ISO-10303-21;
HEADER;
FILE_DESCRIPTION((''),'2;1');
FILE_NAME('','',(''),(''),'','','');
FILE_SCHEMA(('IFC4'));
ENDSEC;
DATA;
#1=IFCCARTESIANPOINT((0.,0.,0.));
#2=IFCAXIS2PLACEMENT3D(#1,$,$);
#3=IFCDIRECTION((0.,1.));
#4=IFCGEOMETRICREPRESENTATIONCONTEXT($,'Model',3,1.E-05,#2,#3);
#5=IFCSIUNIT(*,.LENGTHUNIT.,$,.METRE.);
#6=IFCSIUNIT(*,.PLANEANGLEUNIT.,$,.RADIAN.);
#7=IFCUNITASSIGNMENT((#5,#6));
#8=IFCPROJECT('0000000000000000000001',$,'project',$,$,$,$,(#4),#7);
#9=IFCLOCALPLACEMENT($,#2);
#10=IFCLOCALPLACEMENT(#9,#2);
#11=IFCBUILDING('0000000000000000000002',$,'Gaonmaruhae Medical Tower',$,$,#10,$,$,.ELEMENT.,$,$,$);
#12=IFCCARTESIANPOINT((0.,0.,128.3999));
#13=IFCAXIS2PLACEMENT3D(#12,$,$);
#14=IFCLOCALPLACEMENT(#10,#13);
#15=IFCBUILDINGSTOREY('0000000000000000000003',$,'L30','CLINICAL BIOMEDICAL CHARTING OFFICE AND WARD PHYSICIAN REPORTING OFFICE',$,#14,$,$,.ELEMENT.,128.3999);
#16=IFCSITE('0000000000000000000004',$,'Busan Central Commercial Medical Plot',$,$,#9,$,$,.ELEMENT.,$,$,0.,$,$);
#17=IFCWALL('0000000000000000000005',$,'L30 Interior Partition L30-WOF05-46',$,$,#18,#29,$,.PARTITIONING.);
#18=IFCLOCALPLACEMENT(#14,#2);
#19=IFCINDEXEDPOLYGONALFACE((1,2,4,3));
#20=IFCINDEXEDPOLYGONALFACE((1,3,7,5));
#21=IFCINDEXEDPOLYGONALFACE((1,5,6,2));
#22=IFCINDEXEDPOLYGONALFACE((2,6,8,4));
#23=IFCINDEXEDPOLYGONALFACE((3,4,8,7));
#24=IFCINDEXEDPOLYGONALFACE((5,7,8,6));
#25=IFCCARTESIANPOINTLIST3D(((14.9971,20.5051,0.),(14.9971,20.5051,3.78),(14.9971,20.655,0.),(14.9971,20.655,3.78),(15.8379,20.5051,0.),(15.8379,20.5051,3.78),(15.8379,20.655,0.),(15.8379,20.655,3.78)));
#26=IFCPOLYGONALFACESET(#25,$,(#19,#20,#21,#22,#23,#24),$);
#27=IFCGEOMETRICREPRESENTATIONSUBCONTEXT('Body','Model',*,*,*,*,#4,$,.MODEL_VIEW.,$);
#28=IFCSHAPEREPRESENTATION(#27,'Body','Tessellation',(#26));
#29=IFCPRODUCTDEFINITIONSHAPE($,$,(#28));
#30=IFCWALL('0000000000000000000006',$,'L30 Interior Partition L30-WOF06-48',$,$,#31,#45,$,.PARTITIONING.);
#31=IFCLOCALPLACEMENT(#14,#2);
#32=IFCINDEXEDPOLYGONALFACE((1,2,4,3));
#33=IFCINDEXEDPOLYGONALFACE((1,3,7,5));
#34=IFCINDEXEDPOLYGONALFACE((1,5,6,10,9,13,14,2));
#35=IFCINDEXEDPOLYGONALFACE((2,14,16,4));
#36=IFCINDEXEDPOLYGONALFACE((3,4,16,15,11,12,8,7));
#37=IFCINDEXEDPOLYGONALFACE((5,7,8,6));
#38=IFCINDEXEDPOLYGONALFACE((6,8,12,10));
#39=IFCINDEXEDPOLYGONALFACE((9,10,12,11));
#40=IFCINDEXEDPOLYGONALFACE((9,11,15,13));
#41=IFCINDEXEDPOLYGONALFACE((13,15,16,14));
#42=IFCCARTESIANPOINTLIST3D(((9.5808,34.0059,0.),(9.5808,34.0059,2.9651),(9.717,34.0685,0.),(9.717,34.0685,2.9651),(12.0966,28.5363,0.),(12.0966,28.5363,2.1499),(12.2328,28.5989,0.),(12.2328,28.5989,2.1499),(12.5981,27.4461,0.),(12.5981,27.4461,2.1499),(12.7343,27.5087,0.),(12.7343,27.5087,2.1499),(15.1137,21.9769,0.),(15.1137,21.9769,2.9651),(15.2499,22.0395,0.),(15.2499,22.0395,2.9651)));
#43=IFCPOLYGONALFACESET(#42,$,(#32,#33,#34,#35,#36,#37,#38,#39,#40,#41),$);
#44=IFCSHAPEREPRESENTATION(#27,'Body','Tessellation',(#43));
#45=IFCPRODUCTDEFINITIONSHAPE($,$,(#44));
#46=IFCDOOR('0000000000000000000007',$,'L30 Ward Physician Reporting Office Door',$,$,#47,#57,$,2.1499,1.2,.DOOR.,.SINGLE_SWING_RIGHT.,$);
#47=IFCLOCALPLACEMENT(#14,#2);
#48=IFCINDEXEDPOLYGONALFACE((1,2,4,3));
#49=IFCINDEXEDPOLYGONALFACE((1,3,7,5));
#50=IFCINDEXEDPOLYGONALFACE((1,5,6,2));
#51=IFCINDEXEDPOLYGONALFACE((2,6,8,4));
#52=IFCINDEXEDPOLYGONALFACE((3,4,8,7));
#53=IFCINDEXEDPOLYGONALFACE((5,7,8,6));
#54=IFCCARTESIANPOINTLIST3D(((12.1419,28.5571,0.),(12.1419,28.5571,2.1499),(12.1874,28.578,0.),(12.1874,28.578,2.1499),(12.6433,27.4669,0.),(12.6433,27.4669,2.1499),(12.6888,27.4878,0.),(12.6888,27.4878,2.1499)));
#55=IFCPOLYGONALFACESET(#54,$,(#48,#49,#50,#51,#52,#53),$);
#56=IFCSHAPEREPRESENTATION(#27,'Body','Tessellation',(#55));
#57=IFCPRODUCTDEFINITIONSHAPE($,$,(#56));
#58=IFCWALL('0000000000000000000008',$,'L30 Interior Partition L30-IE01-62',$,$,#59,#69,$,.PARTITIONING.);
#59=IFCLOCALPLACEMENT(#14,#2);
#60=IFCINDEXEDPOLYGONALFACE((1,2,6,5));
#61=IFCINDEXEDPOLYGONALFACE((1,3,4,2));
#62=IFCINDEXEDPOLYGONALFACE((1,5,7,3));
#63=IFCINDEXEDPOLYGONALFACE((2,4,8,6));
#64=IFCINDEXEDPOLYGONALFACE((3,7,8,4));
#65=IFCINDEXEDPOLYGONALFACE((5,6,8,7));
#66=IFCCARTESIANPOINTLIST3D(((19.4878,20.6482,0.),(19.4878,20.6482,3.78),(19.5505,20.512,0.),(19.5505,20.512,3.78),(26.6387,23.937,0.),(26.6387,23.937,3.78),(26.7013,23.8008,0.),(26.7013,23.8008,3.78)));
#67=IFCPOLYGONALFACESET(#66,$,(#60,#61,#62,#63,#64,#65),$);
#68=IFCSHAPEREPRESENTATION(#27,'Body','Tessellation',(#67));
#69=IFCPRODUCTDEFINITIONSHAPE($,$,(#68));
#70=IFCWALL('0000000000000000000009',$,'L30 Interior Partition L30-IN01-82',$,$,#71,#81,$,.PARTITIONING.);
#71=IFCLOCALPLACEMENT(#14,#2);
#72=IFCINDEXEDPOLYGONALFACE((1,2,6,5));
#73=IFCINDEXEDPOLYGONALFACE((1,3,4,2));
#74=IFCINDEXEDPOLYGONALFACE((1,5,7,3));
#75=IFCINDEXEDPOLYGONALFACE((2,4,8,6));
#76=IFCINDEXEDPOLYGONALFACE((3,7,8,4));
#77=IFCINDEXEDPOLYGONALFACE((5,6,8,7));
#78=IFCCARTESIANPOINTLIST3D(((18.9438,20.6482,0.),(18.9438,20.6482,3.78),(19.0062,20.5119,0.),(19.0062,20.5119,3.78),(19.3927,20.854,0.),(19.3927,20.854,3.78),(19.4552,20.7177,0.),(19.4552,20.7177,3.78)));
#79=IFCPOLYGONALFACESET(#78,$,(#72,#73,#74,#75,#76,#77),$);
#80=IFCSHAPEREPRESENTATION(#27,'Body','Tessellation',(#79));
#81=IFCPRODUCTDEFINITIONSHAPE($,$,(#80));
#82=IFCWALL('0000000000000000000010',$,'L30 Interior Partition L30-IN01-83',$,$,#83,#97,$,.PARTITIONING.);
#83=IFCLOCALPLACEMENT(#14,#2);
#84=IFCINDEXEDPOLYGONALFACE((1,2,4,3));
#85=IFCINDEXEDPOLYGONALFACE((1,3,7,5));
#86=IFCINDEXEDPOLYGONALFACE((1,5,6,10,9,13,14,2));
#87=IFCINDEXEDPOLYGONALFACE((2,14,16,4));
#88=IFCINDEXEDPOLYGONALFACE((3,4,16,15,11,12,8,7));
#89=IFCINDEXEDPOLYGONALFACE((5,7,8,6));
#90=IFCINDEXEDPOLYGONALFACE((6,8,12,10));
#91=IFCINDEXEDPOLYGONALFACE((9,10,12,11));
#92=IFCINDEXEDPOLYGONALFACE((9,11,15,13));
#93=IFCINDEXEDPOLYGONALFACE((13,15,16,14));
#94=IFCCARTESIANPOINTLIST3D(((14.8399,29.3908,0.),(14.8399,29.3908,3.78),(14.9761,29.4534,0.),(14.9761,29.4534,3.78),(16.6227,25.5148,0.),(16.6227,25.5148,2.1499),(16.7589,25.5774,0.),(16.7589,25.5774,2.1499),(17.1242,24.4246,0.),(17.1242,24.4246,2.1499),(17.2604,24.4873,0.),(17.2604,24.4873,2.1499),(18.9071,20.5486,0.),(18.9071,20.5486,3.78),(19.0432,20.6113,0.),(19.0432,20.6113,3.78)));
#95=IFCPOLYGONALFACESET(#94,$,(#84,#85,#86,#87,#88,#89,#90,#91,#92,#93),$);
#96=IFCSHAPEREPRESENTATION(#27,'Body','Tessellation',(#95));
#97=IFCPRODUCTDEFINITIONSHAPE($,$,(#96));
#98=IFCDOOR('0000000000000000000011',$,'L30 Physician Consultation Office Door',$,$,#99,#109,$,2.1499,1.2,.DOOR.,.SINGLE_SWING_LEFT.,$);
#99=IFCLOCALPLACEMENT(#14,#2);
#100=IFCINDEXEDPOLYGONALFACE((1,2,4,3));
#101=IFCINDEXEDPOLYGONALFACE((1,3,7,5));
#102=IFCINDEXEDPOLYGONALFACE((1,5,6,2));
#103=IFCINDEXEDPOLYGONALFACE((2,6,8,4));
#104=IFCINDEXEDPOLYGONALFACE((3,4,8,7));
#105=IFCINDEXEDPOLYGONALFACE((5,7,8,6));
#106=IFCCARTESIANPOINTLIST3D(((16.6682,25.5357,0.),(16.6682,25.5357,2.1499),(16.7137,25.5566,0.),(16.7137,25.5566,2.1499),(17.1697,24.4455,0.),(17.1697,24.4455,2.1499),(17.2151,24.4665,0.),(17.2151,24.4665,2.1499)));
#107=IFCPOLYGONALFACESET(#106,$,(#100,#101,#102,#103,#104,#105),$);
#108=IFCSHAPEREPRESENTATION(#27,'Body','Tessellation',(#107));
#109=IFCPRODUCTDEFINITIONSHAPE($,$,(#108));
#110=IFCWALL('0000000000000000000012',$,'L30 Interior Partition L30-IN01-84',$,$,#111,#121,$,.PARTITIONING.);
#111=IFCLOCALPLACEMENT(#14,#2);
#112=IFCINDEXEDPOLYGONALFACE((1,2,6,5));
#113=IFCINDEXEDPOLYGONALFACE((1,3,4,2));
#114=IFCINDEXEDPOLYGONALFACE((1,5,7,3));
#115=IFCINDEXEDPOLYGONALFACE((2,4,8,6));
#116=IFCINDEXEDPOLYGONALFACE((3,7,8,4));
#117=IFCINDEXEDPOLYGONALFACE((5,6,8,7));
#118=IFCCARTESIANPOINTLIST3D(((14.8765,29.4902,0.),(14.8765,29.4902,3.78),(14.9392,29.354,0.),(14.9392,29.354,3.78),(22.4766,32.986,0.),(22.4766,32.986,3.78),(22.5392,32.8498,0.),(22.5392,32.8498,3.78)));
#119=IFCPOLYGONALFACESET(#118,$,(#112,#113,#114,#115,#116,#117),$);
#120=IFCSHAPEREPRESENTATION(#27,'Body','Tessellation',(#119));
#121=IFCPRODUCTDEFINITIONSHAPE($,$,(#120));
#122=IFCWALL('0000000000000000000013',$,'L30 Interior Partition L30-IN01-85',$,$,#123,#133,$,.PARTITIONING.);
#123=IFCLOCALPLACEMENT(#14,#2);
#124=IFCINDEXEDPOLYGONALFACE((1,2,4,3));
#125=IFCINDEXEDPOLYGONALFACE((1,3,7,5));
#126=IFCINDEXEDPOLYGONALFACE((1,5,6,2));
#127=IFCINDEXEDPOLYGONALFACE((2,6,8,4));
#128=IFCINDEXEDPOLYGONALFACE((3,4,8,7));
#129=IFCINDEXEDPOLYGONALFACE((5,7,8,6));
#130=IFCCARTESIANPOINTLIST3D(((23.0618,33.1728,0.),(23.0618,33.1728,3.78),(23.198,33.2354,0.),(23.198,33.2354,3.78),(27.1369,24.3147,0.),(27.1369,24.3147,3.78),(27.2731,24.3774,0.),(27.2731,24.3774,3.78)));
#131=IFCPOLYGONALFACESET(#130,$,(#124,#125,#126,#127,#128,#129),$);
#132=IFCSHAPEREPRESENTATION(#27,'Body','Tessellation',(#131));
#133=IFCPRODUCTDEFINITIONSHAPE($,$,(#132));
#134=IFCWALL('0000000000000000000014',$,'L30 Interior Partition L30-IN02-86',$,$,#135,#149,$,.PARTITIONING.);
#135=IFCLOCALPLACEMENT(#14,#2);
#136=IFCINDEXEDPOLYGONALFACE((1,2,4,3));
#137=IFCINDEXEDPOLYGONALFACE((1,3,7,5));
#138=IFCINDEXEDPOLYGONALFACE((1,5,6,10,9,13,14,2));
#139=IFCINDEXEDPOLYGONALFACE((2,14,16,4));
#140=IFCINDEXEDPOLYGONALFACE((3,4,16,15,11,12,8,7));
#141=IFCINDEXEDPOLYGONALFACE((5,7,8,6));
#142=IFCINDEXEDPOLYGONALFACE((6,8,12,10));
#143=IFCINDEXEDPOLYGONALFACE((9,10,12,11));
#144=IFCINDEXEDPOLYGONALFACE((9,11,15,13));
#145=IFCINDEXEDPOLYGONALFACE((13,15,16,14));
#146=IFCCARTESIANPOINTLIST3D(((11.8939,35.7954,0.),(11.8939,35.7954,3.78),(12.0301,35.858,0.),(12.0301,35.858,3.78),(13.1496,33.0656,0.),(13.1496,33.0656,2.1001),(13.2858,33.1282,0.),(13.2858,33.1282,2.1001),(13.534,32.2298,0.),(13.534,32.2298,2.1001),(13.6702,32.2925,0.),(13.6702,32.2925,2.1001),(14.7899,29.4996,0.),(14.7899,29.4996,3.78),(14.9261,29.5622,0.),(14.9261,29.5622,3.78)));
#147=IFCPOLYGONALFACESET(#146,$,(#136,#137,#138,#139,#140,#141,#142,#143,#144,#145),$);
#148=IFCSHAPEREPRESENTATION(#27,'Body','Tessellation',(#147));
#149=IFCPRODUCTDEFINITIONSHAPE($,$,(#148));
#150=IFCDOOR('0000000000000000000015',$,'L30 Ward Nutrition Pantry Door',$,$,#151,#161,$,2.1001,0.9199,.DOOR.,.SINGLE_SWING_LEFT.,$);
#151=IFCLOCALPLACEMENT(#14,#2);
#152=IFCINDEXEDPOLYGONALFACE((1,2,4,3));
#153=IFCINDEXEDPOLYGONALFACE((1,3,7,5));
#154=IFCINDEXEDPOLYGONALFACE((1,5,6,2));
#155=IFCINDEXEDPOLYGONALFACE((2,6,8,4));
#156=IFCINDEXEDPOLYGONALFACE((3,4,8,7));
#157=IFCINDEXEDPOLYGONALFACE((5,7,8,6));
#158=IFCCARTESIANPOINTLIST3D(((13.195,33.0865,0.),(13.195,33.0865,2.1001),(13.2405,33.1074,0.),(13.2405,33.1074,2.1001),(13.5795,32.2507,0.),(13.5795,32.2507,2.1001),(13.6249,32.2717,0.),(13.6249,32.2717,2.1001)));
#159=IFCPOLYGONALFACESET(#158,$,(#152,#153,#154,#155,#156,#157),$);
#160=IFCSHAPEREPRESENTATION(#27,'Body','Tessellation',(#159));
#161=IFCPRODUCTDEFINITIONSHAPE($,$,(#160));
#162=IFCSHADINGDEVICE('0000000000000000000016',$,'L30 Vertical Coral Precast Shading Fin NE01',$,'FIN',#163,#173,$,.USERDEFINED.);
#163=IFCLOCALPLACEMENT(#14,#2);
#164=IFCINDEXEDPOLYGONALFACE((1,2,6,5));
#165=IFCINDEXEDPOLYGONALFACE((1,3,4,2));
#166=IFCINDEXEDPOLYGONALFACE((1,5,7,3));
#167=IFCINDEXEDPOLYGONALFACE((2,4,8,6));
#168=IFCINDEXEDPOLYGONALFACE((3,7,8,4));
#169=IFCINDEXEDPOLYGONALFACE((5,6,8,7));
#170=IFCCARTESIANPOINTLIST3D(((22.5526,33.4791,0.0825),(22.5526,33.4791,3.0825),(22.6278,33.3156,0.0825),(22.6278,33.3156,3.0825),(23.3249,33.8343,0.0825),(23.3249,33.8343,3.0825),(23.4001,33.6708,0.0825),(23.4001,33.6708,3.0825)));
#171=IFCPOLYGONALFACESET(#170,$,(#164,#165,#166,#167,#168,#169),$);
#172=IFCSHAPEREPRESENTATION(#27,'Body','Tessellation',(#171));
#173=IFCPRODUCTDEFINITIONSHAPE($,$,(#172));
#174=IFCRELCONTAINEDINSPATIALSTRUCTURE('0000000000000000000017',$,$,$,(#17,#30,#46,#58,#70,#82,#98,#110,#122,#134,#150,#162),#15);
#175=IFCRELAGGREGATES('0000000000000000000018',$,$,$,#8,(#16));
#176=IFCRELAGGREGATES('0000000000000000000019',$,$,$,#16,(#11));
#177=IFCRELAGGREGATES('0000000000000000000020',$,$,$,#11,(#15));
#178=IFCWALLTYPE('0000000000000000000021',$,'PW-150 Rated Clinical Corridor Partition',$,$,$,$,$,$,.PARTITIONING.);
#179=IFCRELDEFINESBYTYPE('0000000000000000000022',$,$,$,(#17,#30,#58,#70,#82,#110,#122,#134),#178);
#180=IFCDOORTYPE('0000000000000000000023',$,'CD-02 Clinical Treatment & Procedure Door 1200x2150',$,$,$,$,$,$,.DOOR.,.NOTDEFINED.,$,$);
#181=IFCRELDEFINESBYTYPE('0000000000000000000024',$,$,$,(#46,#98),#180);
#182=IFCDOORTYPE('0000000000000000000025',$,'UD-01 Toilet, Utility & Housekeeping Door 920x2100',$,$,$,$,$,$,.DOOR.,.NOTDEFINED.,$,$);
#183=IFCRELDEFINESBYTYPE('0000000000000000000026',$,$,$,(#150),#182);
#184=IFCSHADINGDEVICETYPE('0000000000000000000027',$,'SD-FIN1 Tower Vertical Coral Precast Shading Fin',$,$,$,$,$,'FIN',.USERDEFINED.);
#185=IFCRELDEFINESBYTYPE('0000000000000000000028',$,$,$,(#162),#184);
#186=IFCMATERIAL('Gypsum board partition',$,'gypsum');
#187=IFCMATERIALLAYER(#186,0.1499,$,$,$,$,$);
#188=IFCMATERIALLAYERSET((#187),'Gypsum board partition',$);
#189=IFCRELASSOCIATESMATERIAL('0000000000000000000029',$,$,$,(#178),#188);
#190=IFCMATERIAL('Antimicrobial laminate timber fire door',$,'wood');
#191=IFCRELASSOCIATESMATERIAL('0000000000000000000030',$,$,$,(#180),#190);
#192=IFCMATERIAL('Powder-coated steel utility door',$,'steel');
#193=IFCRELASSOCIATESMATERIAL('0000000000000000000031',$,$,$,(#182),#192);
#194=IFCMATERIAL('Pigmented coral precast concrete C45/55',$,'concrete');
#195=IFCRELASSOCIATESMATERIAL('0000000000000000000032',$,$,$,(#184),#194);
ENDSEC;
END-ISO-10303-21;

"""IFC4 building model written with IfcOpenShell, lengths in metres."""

from ifc_helpers import new_model, si_unit, direction, frame, frame_2d, origin, origin_2d, place, context, subcontext, project, spatial, rectangle, extrude, material, layer, layer_set, type_object, element, fill, save


model = new_model("IFC4")

# Units and contexts
model_context = context("Model", 3, precision=1e-05, world=origin(), true_north=direction((0.0, 1.0)))
body_context = subcontext(model_context, "Body", "Model", "MODEL_VIEW")
ifc_project = project(units=[si_unit("LENGTHUNIT", "METRE"), si_unit("PLANEANGLEUNIT", "RADIAN")], contexts=[model_context])

# Site, building, storey
site_placement = place(None, origin())
site = spatial("IfcSite", under=ifc_project, at=site_placement, Name="Busan Central Commercial Medical Plot", CompositionType="ELEMENT", RefElevation=0.0)
building_placement = place(site_placement, origin())
building = spatial("IfcBuilding", under=site, at=building_placement, Name="Gaonmaruhae Medical Tower", CompositionType="ELEMENT")
storey_placement = place(building_placement, frame((0.0, 0.0, 128.3999)))
storey = spatial("IfcBuildingStorey", under=building, at=storey_placement, Name="L30", Description="CLINICAL BIOMEDICAL CHARTING OFFICE AND WARD PHYSICIAN REPORTING OFFICE", CompositionType="ELEMENT", Elevation=128.3999)

# Shared definitions
ifc_material_1 = material(Name="Gypsum board partition", Category="gypsum")
ifc_layer_1 = layer(ifc_material_1, 0.1499)
ifc_layer_set_1 = layer_set([ifc_layer_1], Name="Gypsum board partition")
wall_type_1 = type_object("IfcWallType", Name="PW-150 Rated Clinical Corridor Partition", PredefinedType="PARTITIONING", material=ifc_layer_set_1)
ifc_material_2 = material(Name="Antimicrobial laminate timber fire door", Category="wood")
door_type_1 = type_object("IfcDoorType", Name="CD-02 Clinical Treatment & Procedure Door 1200x2150", OperationType="NOTDEFINED", PredefinedType="DOOR", material=ifc_material_2)

# Wall
wall_1_placement = place(storey_placement, frame((15.8379, 20.5801, 0.0), z_axis=(0.0, 0.0, 1.0), x_axis=(-1.0, 0.0, 0.0)))
element("IfcWall", 1, at=wall_1_placement, inside=storey, type_object=wall_type_1, Name="L30 Interior Partition L30-WOF05-46", PredefinedType="PARTITIONING", context=body_context, shape_type="SweptSolid", body=[
    extrude(rectangle(XDim=0.8408, YDim=0.1499, at=frame_2d((0.4204, 0.0))), origin(), (0.0, 0.0, 1.0), 3.78),
])

# Wall, opening, door
wall_2_placement = place(storey_placement, frame((9.6489, 34.0371, 0.0), z_axis=(0.0, 0.0, 1.0), x_axis=(0.41788, -0.908502, 0.0)))
wall_2 = element("IfcWall", 2, at=wall_2_placement, inside=storey, type_object=wall_type_1, Name="L30 Interior Partition L30-WOF06-48", PredefinedType="PARTITIONING", context=body_context, shape_type="SweptSolid", body=[
    extrude(rectangle(XDim=13.2405, YDim=0.1499, at=frame_2d((6.6201, 0.0))), origin(), (0.0, 0.0, 1.0), 2.9651),
])
opening_1_placement = place(wall_2_placement, frame((6.0203, 0.0, 0.0)))
opening_1 = element("IfcOpeningElement", 3, at=opening_1_placement, cuts=wall_2, PredefinedType="OPENING", context=body_context, shape_type="SweptSolid", body=[
    extrude(rectangle(XDim=1.2, YDim=2.1499, at=frame_2d((0.6001, 1.075))), frame((0.0, 0.085, 0.0), z_axis=(0.0, -1.0, 0.0), x_axis=(1.0, 0.0, 0.0)), (0.0, 0.0, 1.0), 0.1699),
])
door_1_placement = place(opening_1_placement, origin())
door_1 = element("IfcDoor", 4, at=door_1_placement, inside=storey, type_object=door_type_1, Name="L30 Ward Physician Reporting Office Door", OperationType="SINGLE_SWING_RIGHT", OverallHeight=2.1499, OverallWidth=1.2, PredefinedType="DOOR", context=body_context, shape_type="SweptSolid", body=[
    extrude(rectangle(XDim=1.2, YDim=2.1499, at=frame_2d((0.6001, 1.075))), frame((0.0, 0.0249, 0.0), z_axis=(0.0, -1.0, 0.0), x_axis=(1.0, 0.0, 0.0)), (0.0, 0.0, 1.0), 0.05),
])
fill(opening_1, door_1)

# Walls
wall_3_placement = place(storey_placement, frame((19.519, 20.5801, 0.0), z_axis=(0.0, 0.0, 1.0), x_axis=(0.908519, 0.417844, 0.0)))
element("IfcWall", 5, at=wall_3_placement, inside=storey, type_object=wall_type_1, Name="L30 Interior Partition L30-IE01-62", PredefinedType="PARTITIONING", context=body_context, shape_type="SweptSolid", body=[
    extrude(rectangle(XDim=7.8708, YDim=0.1499, at=frame_2d((3.9355, 0.0))), origin(), (0.0, 0.0, 1.0), 3.78),
])
wall_4_placement = place(storey_placement, frame((19.4241, 20.7859, 0.0), z_axis=(0.0, 0.0, 1.0), x_axis=(-0.909041, -0.416706, 0.0)))
element("IfcWall", 6, at=wall_4_placement, inside=storey, type_object=wall_type_1, Name="L30 Interior Partition L30-IN01-82", PredefinedType="PARTITIONING", context=body_context, shape_type="SweptSolid", body=[
    extrude(rectangle(XDim=0.4939, YDim=0.1499, at=frame_2d((0.2471, 0.0))), origin(), (0.0, 0.0, 1.0), 3.78),
])

# Wall, opening, door
wall_5_placement = place(storey_placement, frame((18.9751, 20.5801, 0.0), z_axis=(0.0, 0.0, 1.0), x_axis=(-0.417889, 0.908498, 0.0)))
wall_5 = element("IfcWall", 7, at=wall_5_placement, inside=storey, type_object=wall_type_1, Name="L30 Interior Partition L30-IN01-83", PredefinedType="PARTITIONING", context=body_context, shape_type="SweptSolid", body=[
    extrude(rectangle(XDim=9.7327, YDim=0.1499, at=frame_2d((4.8662, 0.0))), origin(), (0.0, 0.0, 1.0), 3.78),
])
opening_2_placement = place(wall_5_placement, frame((4.2661, 0.0, 0.0)))
opening_2 = element("IfcOpeningElement", 8, at=opening_2_placement, cuts=wall_5, PredefinedType="OPENING", context=body_context, shape_type="SweptSolid", body=[
    extrude(rectangle(XDim=1.2, YDim=2.1499, at=frame_2d((0.6001, 1.075))), frame((0.0, 0.085, 0.0), z_axis=(0.0, -1.0, 0.0), x_axis=(1.0, 0.0, 0.0)), (0.0, 0.0, 1.0), 0.1699),
])
door_2_placement = place(opening_2_placement, origin())
door_2 = element("IfcDoor", 9, at=door_2_placement, inside=storey, type_object=door_type_1, Name="L30 Physician Consultation Office Door", OperationType="SINGLE_SWING_LEFT", OverallHeight=2.1499, OverallWidth=1.2, PredefinedType="DOOR", context=body_context, shape_type="SweptSolid", body=[
    extrude(rectangle(XDim=1.2, YDim=2.1499, at=frame_2d((0.6001, 1.075))), frame((0.0, 0.0249, 0.0), z_axis=(0.0, -1.0, 0.0), x_axis=(1.0, 0.0, 0.0)), (0.0, 0.0, 1.0), 0.05),
])
fill(opening_2, door_2)

# Walls
wall_6_placement = place(storey_placement, frame((14.908, 29.4221, 0.0), z_axis=(0.0, 0.0, 1.0), x_axis=(0.908499, 0.417886, 0.0)))
element("IfcWall", 10, at=wall_6_placement, inside=storey, type_object=wall_type_1, Name="L30 Interior Partition L30-IN01-84", PredefinedType="PARTITIONING", context=body_context, shape_type="SweptSolid", body=[
    extrude(rectangle(XDim=8.3655, YDim=0.1499, at=frame_2d((4.1826, 0.0))), origin(), (0.0, 0.0, 1.0), 3.78),
])
wall_7_placement = place(storey_placement, frame((23.1299, 33.2041, 0.0), z_axis=(0.0, 0.0, 1.0), x_axis=(0.417943, -0.908473, 0.0)))
element("IfcWall", 11, at=wall_7_placement, inside=storey, type_object=wall_type_1, Name="L30 Interior Partition L30-IN01-85", PredefinedType="PARTITIONING", context=body_context, shape_type="SweptSolid", body=[
    extrude(rectangle(XDim=9.7505, YDim=0.1499, at=frame_2d((4.8752, 0.0))), origin(), (0.0, 0.0, 1.0), 3.78),
])

# Wall, opening, door
wall_8_placement = place(storey_placement, frame((14.8579, 29.531, 0.0), z_axis=(0.0, 0.0, 1.0), x_axis=(-0.417892, 0.908497, 0.0)))
wall_8 = element("IfcWall", 12, at=wall_8_placement, inside=storey, type_object=wall_type_1, Name="L30 Interior Partition L30-IN02-86", PredefinedType="PARTITIONING", context=body_context, shape_type="SweptSolid", body=[
    extrude(rectangle(XDim=6.9299, YDim=0.1499, at=frame_2d((3.4648, 0.0))), origin(), (0.0, 0.0, 1.0), 3.78),
])
opening_3_placement = place(wall_8_placement, frame((3.0051, 0.0, 0.0)))
opening_3 = element("IfcOpeningElement", 13, at=opening_3_placement, cuts=wall_8, PredefinedType="OPENING", context=body_context, shape_type="SweptSolid", body=[
    extrude(rectangle(XDim=0.9199, YDim=2.1001, at=frame_2d((0.46, 1.05))), frame((0.0, 0.085, 0.0), z_axis=(0.0, -1.0, 0.0), x_axis=(1.0, 0.0, 0.0)), (0.0, 0.0, 1.0), 0.1699),
])
ifc_material_3 = material(Name="Powder-coated steel utility door", Category="steel")
door_type_2 = type_object("IfcDoorType", Name="UD-01 Toilet, Utility & Housekeeping Door 920x2100", OperationType="NOTDEFINED", PredefinedType="DOOR", material=ifc_material_3)
door_3_placement = place(opening_3_placement, origin())
door_3 = element("IfcDoor", 14, at=door_3_placement, inside=storey, type_object=door_type_2, Name="L30 Ward Nutrition Pantry Door", OperationType="SINGLE_SWING_LEFT", OverallHeight=2.1001, OverallWidth=0.9199, PredefinedType="DOOR", context=body_context, shape_type="SweptSolid", body=[
    extrude(rectangle(XDim=0.9199, YDim=2.1001, at=frame_2d((0.46, 1.05))), frame((0.0, 0.0249, 0.0), z_axis=(0.0, -1.0, 0.0), x_axis=(1.0, 0.0, 0.0)), (0.0, 0.0, 1.0), 0.05),
])
fill(opening_3, door_3)

# Shading device
ifc_material_4 = material(Name="Pigmented coral precast concrete C45/55", Category="concrete")
shading_device_type = type_object("IfcShadingDeviceType", Name="SD-FIN1 Tower Vertical Coral Precast Shading Fin", ElementType="FIN", PredefinedType="USERDEFINED", material=ifc_material_4)
for number, where, z_axis, x_axis, name in (
    (15, (22.9763, 33.575, 0.0825), (0.0, 0.0, 1.0), (0.417867, -0.908508, 0.0), "L30 Vertical Coral Precast Shading Fin NE01"),
):
    element("IfcShadingDevice", number, at=place(storey_placement, frame(where, z_axis=z_axis, x_axis=x_axis)), inside=storey, type_object=shading_device_type, Name=name, ObjectType="FIN", PredefinedType="USERDEFINED", context=body_context, shape_type="SweptSolid", body=[
        extrude(rectangle(XDim=0.1799, YDim=0.8501, at=origin_2d()), origin(), (0.0, 0.0, 1.0), 3.0),
    ])

save(model, "model.ifc")
